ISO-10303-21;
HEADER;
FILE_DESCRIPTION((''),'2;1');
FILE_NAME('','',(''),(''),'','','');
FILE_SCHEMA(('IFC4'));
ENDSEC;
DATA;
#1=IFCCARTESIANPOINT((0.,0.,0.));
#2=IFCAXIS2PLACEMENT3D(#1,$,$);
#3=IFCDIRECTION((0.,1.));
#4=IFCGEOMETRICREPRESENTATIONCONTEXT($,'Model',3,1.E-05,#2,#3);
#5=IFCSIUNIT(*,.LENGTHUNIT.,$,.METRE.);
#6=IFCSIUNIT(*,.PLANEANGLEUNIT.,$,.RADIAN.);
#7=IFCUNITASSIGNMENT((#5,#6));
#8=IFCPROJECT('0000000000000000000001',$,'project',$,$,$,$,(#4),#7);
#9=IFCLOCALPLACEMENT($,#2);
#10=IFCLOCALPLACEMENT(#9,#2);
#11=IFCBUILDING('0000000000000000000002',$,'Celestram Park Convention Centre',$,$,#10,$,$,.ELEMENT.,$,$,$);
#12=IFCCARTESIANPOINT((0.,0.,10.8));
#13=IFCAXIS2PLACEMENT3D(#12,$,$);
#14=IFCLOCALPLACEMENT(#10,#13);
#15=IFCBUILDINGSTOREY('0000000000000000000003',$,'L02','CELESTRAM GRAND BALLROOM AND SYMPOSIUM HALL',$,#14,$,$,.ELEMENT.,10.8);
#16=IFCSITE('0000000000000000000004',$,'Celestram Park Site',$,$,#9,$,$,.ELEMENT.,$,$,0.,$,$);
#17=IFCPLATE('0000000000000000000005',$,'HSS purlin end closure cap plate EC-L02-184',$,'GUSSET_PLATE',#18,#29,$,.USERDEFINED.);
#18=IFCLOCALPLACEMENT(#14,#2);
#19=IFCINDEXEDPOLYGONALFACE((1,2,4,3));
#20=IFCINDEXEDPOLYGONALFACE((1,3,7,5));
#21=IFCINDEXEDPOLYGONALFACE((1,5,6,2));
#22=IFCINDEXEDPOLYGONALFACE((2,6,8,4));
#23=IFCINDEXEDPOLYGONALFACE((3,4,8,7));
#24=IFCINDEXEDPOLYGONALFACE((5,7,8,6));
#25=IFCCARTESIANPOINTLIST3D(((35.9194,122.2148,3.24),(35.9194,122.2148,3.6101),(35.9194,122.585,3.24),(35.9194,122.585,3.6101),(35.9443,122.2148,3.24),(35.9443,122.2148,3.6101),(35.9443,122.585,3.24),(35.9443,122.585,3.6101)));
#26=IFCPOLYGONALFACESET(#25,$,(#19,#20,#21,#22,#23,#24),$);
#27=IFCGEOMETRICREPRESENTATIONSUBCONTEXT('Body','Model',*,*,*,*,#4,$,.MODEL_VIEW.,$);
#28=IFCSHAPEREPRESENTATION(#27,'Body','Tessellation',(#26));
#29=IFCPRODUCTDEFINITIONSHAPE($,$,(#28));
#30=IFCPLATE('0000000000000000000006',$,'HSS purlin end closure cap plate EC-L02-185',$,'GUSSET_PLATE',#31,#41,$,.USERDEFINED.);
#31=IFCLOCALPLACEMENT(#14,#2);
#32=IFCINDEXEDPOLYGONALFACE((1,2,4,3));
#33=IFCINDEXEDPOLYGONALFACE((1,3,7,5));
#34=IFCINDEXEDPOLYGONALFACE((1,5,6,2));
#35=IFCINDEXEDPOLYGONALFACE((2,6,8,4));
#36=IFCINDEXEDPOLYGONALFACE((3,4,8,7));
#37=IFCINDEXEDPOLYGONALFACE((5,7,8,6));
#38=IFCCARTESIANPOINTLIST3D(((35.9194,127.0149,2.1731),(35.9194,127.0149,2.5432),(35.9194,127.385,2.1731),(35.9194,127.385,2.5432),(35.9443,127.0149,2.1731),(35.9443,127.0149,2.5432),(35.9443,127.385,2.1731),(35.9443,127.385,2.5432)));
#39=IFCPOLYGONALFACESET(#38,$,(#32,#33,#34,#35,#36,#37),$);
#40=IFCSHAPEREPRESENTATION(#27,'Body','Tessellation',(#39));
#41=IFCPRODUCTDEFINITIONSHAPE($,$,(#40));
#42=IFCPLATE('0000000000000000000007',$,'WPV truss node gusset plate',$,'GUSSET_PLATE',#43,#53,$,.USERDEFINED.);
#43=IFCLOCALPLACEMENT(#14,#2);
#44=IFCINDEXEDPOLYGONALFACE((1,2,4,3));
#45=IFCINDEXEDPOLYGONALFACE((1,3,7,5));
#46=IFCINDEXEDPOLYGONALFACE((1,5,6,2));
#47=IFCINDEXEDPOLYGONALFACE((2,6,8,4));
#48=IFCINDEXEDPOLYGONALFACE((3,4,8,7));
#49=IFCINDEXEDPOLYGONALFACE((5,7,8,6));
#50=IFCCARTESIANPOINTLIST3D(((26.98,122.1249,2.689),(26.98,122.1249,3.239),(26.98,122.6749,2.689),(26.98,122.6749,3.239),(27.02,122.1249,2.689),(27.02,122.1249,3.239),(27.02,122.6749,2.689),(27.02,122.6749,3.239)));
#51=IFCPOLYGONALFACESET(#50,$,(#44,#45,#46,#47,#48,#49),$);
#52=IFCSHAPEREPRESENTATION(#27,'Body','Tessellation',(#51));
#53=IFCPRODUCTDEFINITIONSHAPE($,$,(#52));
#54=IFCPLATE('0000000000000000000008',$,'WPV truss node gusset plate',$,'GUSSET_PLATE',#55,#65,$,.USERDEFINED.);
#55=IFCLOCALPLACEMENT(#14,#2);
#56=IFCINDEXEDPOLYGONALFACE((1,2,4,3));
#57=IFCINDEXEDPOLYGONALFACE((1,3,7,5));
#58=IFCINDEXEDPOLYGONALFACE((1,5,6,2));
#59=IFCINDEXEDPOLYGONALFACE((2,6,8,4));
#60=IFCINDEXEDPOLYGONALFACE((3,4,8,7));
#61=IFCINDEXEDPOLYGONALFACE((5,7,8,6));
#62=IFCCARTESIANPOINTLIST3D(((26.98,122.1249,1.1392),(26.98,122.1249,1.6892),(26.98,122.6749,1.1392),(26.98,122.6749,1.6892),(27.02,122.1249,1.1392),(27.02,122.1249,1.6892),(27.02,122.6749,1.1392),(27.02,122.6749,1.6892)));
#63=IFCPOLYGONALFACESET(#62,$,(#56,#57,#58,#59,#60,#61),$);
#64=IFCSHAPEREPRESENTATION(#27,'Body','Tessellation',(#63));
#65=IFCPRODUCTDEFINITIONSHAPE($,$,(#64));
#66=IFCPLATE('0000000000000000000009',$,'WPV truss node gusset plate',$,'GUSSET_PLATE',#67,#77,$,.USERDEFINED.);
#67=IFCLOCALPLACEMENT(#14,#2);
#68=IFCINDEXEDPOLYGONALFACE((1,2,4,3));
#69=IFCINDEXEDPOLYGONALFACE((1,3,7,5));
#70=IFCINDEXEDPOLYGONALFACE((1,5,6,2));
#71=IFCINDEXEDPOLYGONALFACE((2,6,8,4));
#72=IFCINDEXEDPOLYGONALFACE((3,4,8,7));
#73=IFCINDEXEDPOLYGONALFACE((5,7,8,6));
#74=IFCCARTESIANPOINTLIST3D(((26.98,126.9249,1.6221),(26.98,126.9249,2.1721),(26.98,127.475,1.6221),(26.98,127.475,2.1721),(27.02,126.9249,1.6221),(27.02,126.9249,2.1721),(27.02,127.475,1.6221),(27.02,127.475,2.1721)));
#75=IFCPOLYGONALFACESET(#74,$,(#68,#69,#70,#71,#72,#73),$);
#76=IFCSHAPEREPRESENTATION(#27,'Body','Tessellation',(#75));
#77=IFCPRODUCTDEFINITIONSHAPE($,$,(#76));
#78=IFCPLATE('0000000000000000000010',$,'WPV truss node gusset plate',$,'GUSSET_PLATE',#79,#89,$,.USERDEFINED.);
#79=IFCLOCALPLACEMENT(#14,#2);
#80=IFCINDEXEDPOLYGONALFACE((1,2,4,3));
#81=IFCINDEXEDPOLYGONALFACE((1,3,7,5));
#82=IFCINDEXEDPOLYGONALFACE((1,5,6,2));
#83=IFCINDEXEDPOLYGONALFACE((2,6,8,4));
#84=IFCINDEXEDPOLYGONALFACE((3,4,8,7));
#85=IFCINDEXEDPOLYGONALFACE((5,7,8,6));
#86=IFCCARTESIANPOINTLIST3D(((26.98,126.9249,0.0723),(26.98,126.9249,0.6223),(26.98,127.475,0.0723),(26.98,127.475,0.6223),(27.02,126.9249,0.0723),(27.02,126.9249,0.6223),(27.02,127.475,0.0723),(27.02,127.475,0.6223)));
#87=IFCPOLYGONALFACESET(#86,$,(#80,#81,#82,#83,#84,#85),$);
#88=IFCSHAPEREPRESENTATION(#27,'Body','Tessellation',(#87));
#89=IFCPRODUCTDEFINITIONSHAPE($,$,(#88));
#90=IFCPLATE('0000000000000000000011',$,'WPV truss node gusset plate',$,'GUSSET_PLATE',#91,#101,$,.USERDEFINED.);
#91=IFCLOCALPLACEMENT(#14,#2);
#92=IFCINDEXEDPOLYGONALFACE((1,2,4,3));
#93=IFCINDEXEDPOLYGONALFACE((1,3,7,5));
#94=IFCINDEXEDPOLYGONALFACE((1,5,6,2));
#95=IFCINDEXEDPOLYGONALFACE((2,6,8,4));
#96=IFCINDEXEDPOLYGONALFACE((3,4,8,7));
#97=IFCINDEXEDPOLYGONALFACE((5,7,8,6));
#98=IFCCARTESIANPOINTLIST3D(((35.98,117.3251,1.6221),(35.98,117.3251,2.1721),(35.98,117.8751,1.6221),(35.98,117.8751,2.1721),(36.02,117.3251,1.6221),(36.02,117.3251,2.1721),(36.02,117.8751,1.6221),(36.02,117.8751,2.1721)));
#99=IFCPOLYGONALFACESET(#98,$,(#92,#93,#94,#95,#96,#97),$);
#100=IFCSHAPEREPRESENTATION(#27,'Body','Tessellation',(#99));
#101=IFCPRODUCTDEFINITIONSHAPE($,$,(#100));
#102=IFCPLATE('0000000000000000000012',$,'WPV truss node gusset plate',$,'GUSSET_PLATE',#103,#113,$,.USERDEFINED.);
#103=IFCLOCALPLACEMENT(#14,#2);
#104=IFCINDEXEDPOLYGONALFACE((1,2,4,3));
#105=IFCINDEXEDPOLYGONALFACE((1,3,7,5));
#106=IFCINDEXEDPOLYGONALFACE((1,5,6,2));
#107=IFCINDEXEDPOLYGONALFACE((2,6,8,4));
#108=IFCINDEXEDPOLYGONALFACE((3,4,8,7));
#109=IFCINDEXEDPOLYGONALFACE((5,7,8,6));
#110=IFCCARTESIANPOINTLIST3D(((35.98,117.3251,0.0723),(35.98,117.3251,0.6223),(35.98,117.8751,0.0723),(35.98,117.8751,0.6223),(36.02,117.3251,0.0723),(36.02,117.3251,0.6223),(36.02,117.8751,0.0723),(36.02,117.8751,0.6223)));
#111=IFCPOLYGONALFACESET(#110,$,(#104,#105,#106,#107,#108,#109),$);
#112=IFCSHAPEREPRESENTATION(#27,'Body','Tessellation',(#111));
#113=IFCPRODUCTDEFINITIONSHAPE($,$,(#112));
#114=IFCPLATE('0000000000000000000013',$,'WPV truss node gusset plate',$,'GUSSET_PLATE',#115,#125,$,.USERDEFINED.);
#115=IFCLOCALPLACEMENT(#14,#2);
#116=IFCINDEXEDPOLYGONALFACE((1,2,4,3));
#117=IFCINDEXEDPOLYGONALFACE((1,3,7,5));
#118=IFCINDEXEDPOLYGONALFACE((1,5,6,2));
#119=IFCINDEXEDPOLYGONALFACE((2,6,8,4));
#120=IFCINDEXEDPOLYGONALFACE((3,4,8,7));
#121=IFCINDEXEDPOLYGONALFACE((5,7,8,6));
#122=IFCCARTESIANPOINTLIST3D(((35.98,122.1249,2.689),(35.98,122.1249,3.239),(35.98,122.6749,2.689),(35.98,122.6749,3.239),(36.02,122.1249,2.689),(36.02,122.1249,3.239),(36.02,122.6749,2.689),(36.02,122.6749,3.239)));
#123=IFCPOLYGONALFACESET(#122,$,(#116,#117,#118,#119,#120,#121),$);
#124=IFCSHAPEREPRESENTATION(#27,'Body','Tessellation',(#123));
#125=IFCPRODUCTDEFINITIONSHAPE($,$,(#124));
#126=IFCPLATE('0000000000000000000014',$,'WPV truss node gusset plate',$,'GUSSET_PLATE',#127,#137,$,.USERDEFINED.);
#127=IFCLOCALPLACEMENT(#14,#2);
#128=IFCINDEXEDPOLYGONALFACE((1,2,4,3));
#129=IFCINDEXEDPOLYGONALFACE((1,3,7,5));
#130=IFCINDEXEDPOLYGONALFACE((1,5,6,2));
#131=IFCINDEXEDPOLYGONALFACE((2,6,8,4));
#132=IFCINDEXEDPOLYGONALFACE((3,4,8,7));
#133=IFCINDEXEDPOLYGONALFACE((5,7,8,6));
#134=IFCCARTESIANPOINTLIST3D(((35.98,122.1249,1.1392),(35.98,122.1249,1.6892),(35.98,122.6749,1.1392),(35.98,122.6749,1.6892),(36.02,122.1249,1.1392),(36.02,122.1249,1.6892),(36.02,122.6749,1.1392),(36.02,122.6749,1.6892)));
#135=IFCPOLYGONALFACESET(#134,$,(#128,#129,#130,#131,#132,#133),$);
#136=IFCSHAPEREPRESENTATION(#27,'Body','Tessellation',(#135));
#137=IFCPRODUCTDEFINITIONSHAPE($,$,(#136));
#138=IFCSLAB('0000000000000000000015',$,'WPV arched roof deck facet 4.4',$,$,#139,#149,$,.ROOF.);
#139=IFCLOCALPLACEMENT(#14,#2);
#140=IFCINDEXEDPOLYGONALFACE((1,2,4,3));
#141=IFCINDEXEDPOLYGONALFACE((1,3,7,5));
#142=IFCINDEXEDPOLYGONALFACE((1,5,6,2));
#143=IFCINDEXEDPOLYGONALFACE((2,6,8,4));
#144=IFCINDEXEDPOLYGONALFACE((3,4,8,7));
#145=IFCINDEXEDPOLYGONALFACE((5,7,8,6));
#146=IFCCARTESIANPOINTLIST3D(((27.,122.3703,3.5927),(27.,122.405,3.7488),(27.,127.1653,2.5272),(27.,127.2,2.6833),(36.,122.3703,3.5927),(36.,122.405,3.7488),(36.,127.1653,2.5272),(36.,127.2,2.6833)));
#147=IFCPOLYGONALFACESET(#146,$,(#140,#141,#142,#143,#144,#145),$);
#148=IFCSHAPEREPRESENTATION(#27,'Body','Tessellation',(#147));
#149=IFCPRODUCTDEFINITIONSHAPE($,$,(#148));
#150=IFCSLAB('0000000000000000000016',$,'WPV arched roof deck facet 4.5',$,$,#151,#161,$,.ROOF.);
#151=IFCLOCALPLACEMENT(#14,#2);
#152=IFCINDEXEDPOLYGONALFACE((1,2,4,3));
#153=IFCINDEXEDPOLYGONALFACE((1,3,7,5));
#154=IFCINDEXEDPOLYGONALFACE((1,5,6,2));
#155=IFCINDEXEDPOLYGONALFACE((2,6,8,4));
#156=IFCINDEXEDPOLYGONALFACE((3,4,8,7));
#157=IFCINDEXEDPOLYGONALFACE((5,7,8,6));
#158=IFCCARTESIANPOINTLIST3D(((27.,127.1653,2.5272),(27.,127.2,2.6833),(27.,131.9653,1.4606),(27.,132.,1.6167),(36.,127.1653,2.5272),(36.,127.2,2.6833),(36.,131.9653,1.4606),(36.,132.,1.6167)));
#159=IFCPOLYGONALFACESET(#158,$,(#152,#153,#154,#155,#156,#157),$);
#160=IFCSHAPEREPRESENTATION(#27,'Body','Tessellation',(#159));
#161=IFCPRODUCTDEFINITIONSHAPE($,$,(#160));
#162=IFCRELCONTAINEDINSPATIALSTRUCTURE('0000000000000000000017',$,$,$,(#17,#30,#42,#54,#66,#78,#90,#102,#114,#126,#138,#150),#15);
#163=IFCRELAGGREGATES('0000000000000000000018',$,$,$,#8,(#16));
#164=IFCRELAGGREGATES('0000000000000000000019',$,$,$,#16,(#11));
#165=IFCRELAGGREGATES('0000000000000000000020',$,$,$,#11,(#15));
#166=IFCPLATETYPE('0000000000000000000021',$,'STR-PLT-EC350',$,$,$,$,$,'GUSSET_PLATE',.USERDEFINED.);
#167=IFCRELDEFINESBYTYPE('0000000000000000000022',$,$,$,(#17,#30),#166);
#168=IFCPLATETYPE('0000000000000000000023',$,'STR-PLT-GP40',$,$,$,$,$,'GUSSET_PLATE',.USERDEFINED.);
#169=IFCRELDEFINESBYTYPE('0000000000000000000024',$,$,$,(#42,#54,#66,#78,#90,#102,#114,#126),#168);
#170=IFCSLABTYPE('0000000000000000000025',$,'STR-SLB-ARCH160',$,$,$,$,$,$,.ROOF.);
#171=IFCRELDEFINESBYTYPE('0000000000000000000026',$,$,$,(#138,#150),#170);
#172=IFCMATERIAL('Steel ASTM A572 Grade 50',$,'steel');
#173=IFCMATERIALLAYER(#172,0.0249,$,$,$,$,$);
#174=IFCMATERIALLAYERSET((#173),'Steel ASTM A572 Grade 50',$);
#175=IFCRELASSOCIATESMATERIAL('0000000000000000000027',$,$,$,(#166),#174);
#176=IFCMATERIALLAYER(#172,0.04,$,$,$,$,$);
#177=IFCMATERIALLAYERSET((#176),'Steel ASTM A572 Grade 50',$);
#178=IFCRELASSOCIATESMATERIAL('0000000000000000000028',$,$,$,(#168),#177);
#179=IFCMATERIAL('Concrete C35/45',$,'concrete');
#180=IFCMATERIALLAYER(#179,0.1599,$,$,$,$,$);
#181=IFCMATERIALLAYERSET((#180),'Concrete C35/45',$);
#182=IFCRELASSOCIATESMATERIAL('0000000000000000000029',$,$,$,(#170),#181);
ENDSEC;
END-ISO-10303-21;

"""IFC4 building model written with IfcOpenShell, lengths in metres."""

from ifc_helpers import new_model, si_unit, direction, frame, origin, origin_2d, place, context, subcontext, project, spatial, polyline, rectangle, outline, extrude, material, layer, layer_set, type_object, element, save


model = new_model("IFC4")

# Units and contexts
model_context = context("Model", 3, precision=1e-05, world=origin(), true_north=direction((0.0, 1.0)))
body_context = subcontext(model_context, "Body", "Model", "MODEL_VIEW")
ifc_project = project(units=[si_unit("LENGTHUNIT", "METRE"), si_unit("PLANEANGLEUNIT", "RADIAN")], contexts=[model_context])

# Site, building, storey
site_placement = place(None, origin())
site = spatial("IfcSite", under=ifc_project, at=site_placement, Name="Celestram Park Site", CompositionType="ELEMENT", RefElevation=0.0)
building_placement = place(site_placement, origin())
building = spatial("IfcBuilding", under=site, at=building_placement, Name="Celestram Park Convention Centre", CompositionType="ELEMENT")
storey_placement = place(building_placement, frame((0.0, 0.0, 10.8)))
storey = spatial("IfcBuildingStorey", under=building, at=storey_placement, Name="L02", Description="CELESTRAM GRAND BALLROOM AND SYMPOSIUM HALL", CompositionType="ELEMENT", Elevation=10.8)

# Plates
ifc_material_1 = material(Name="Steel ASTM A572 Grade 50", Category="steel")
ifc_layer_1 = layer(ifc_material_1, 0.0249)
ifc_layer_set_1 = layer_set([ifc_layer_1], Name="Steel ASTM A572 Grade 50")
plate_type_1 = type_object("IfcPlateType", Name="STR-PLT-EC350", ElementType="GUSSET_PLATE", PredefinedType="USERDEFINED", material=ifc_layer_set_1)
for number, where, z_axis, x_axis, name in (
    (1, (35.9319, 122.3999, 3.24), (0.0, 0.0, 1.0), (0.0, 1.0, 0.0), "HSS purlin end closure cap plate EC-L02-184"),
    (2, (35.9319, 127.2, 2.1731), (0.0, 0.0, 1.0), (0.0, 1.0, 0.0), "HSS purlin end closure cap plate EC-L02-185"),
):
    element("IfcPlate", number, at=place(storey_placement, frame(where, z_axis=z_axis, x_axis=x_axis)), inside=storey, type_object=plate_type_1, Name=name, ObjectType="GUSSET_PLATE", PredefinedType="USERDEFINED", context=body_context, shape_type="SweptSolid", body=[
        extrude(rectangle(XDim=0.3701, YDim=0.0249, at=origin_2d()), origin(), (0.0, 0.0, 1.0), 0.3701),
    ])
ifc_layer_2 = layer(ifc_material_1, 0.04)
ifc_layer_set_2 = layer_set([ifc_layer_2], Name="Steel ASTM A572 Grade 50")
plate_type_2 = type_object("IfcPlateType", Name="STR-PLT-GP40", ElementType="GUSSET_PLATE", PredefinedType="USERDEFINED", material=ifc_layer_set_2)
for number, where, z_axis, x_axis, name in (
    (3, (27.0, 122.3999, 2.689), (0.0, 0.0, 1.0), (0.0, 1.0, 0.0), "WPV truss node gusset plate"),
    (4, (27.0, 122.3999, 1.1392), (0.0, 0.0, 1.0), (0.0, 1.0, 0.0), "WPV truss node gusset plate"),
    (5, (27.0, 127.2, 1.6221), (0.0, 0.0, 1.0), (0.0, 1.0, 0.0), "WPV truss node gusset plate"),
    (6, (27.0, 127.2, 0.0723), (0.0, 0.0, 1.0), (0.0, 1.0, 0.0), "WPV truss node gusset plate"),
    (7, (36.0, 117.6001, 1.6221), (0.0, 0.0, 1.0), (0.0, 1.0, 0.0), "WPV truss node gusset plate"),
    (8, (36.0, 117.6001, 0.0723), (0.0, 0.0, 1.0), (0.0, 1.0, 0.0), "WPV truss node gusset plate"),
    (9, (36.0, 122.3999, 2.689), (0.0, 0.0, 1.0), (0.0, 1.0, 0.0), "WPV truss node gusset plate"),
    (10, (36.0, 122.3999, 1.1392), (0.0, 0.0, 1.0), (0.0, 1.0, 0.0), "WPV truss node gusset plate"),
):
    element("IfcPlate", number, at=place(storey_placement, frame(where, z_axis=z_axis, x_axis=x_axis)), inside=storey, type_object=plate_type_2, Name=name, ObjectType="GUSSET_PLATE", PredefinedType="USERDEFINED", context=body_context, shape_type="SweptSolid", body=[
        extrude(rectangle(XDim=0.55, YDim=0.04, at=origin_2d()), origin(), (0.0, 0.0, 1.0), 0.55),
    ])

# Slabs
ifc_material_2 = material(Name="Concrete C35/45", Category="concrete")
ifc_layer_3 = layer(ifc_material_2, 0.1599)
ifc_layer_set_3 = layer_set([ifc_layer_3], Name="Concrete C35/45")
slab_type = type_object("IfcSlabType", Name="STR-SLB-ARCH160", PredefinedType="ROOF", material=ifc_layer_set_3)
slab_1_placement = place(storey_placement, frame((27.0, 122.405, 3.7488), z_axis=(0.0, 0.216909, 0.976192), x_axis=(1.0, 0.0, 0.0)))
element("IfcSlab", 11, at=slab_1_placement, inside=storey, type_object=slab_type, Name="WPV arched roof deck facet 4.4", PredefinedType="ROOF", context=body_context, shape_type="SweptSolid", body=[
    extrude(outline(polyline([(0.0, 0.0), (9.0, 0.0), (9.0, 4.9119), (0.0, 4.9119), (0.0, 0.0)])), origin(), (0.0, 0.0, -1.0), 0.1599),
])
slab_2_placement = place(storey_placement, frame((27.0, 127.2, 2.6833), z_axis=(0.0, 0.216925, 0.976188), x_axis=(1.0, 0.0, 0.0)))
element("IfcSlab", 12, at=slab_2_placement, inside=storey, type_object=slab_type, Name="WPV arched roof deck facet 4.5", PredefinedType="ROOF", context=body_context, shape_type="SweptSolid", body=[
    extrude(outline(polyline([(0.0, 0.0), (9.0, 0.0), (9.0, 4.9171), (0.0, 4.9171), (0.0, 0.0)])), origin(), (0.0, 0.0, -1.0), 0.1599),
])

save(model, "model.ifc")
